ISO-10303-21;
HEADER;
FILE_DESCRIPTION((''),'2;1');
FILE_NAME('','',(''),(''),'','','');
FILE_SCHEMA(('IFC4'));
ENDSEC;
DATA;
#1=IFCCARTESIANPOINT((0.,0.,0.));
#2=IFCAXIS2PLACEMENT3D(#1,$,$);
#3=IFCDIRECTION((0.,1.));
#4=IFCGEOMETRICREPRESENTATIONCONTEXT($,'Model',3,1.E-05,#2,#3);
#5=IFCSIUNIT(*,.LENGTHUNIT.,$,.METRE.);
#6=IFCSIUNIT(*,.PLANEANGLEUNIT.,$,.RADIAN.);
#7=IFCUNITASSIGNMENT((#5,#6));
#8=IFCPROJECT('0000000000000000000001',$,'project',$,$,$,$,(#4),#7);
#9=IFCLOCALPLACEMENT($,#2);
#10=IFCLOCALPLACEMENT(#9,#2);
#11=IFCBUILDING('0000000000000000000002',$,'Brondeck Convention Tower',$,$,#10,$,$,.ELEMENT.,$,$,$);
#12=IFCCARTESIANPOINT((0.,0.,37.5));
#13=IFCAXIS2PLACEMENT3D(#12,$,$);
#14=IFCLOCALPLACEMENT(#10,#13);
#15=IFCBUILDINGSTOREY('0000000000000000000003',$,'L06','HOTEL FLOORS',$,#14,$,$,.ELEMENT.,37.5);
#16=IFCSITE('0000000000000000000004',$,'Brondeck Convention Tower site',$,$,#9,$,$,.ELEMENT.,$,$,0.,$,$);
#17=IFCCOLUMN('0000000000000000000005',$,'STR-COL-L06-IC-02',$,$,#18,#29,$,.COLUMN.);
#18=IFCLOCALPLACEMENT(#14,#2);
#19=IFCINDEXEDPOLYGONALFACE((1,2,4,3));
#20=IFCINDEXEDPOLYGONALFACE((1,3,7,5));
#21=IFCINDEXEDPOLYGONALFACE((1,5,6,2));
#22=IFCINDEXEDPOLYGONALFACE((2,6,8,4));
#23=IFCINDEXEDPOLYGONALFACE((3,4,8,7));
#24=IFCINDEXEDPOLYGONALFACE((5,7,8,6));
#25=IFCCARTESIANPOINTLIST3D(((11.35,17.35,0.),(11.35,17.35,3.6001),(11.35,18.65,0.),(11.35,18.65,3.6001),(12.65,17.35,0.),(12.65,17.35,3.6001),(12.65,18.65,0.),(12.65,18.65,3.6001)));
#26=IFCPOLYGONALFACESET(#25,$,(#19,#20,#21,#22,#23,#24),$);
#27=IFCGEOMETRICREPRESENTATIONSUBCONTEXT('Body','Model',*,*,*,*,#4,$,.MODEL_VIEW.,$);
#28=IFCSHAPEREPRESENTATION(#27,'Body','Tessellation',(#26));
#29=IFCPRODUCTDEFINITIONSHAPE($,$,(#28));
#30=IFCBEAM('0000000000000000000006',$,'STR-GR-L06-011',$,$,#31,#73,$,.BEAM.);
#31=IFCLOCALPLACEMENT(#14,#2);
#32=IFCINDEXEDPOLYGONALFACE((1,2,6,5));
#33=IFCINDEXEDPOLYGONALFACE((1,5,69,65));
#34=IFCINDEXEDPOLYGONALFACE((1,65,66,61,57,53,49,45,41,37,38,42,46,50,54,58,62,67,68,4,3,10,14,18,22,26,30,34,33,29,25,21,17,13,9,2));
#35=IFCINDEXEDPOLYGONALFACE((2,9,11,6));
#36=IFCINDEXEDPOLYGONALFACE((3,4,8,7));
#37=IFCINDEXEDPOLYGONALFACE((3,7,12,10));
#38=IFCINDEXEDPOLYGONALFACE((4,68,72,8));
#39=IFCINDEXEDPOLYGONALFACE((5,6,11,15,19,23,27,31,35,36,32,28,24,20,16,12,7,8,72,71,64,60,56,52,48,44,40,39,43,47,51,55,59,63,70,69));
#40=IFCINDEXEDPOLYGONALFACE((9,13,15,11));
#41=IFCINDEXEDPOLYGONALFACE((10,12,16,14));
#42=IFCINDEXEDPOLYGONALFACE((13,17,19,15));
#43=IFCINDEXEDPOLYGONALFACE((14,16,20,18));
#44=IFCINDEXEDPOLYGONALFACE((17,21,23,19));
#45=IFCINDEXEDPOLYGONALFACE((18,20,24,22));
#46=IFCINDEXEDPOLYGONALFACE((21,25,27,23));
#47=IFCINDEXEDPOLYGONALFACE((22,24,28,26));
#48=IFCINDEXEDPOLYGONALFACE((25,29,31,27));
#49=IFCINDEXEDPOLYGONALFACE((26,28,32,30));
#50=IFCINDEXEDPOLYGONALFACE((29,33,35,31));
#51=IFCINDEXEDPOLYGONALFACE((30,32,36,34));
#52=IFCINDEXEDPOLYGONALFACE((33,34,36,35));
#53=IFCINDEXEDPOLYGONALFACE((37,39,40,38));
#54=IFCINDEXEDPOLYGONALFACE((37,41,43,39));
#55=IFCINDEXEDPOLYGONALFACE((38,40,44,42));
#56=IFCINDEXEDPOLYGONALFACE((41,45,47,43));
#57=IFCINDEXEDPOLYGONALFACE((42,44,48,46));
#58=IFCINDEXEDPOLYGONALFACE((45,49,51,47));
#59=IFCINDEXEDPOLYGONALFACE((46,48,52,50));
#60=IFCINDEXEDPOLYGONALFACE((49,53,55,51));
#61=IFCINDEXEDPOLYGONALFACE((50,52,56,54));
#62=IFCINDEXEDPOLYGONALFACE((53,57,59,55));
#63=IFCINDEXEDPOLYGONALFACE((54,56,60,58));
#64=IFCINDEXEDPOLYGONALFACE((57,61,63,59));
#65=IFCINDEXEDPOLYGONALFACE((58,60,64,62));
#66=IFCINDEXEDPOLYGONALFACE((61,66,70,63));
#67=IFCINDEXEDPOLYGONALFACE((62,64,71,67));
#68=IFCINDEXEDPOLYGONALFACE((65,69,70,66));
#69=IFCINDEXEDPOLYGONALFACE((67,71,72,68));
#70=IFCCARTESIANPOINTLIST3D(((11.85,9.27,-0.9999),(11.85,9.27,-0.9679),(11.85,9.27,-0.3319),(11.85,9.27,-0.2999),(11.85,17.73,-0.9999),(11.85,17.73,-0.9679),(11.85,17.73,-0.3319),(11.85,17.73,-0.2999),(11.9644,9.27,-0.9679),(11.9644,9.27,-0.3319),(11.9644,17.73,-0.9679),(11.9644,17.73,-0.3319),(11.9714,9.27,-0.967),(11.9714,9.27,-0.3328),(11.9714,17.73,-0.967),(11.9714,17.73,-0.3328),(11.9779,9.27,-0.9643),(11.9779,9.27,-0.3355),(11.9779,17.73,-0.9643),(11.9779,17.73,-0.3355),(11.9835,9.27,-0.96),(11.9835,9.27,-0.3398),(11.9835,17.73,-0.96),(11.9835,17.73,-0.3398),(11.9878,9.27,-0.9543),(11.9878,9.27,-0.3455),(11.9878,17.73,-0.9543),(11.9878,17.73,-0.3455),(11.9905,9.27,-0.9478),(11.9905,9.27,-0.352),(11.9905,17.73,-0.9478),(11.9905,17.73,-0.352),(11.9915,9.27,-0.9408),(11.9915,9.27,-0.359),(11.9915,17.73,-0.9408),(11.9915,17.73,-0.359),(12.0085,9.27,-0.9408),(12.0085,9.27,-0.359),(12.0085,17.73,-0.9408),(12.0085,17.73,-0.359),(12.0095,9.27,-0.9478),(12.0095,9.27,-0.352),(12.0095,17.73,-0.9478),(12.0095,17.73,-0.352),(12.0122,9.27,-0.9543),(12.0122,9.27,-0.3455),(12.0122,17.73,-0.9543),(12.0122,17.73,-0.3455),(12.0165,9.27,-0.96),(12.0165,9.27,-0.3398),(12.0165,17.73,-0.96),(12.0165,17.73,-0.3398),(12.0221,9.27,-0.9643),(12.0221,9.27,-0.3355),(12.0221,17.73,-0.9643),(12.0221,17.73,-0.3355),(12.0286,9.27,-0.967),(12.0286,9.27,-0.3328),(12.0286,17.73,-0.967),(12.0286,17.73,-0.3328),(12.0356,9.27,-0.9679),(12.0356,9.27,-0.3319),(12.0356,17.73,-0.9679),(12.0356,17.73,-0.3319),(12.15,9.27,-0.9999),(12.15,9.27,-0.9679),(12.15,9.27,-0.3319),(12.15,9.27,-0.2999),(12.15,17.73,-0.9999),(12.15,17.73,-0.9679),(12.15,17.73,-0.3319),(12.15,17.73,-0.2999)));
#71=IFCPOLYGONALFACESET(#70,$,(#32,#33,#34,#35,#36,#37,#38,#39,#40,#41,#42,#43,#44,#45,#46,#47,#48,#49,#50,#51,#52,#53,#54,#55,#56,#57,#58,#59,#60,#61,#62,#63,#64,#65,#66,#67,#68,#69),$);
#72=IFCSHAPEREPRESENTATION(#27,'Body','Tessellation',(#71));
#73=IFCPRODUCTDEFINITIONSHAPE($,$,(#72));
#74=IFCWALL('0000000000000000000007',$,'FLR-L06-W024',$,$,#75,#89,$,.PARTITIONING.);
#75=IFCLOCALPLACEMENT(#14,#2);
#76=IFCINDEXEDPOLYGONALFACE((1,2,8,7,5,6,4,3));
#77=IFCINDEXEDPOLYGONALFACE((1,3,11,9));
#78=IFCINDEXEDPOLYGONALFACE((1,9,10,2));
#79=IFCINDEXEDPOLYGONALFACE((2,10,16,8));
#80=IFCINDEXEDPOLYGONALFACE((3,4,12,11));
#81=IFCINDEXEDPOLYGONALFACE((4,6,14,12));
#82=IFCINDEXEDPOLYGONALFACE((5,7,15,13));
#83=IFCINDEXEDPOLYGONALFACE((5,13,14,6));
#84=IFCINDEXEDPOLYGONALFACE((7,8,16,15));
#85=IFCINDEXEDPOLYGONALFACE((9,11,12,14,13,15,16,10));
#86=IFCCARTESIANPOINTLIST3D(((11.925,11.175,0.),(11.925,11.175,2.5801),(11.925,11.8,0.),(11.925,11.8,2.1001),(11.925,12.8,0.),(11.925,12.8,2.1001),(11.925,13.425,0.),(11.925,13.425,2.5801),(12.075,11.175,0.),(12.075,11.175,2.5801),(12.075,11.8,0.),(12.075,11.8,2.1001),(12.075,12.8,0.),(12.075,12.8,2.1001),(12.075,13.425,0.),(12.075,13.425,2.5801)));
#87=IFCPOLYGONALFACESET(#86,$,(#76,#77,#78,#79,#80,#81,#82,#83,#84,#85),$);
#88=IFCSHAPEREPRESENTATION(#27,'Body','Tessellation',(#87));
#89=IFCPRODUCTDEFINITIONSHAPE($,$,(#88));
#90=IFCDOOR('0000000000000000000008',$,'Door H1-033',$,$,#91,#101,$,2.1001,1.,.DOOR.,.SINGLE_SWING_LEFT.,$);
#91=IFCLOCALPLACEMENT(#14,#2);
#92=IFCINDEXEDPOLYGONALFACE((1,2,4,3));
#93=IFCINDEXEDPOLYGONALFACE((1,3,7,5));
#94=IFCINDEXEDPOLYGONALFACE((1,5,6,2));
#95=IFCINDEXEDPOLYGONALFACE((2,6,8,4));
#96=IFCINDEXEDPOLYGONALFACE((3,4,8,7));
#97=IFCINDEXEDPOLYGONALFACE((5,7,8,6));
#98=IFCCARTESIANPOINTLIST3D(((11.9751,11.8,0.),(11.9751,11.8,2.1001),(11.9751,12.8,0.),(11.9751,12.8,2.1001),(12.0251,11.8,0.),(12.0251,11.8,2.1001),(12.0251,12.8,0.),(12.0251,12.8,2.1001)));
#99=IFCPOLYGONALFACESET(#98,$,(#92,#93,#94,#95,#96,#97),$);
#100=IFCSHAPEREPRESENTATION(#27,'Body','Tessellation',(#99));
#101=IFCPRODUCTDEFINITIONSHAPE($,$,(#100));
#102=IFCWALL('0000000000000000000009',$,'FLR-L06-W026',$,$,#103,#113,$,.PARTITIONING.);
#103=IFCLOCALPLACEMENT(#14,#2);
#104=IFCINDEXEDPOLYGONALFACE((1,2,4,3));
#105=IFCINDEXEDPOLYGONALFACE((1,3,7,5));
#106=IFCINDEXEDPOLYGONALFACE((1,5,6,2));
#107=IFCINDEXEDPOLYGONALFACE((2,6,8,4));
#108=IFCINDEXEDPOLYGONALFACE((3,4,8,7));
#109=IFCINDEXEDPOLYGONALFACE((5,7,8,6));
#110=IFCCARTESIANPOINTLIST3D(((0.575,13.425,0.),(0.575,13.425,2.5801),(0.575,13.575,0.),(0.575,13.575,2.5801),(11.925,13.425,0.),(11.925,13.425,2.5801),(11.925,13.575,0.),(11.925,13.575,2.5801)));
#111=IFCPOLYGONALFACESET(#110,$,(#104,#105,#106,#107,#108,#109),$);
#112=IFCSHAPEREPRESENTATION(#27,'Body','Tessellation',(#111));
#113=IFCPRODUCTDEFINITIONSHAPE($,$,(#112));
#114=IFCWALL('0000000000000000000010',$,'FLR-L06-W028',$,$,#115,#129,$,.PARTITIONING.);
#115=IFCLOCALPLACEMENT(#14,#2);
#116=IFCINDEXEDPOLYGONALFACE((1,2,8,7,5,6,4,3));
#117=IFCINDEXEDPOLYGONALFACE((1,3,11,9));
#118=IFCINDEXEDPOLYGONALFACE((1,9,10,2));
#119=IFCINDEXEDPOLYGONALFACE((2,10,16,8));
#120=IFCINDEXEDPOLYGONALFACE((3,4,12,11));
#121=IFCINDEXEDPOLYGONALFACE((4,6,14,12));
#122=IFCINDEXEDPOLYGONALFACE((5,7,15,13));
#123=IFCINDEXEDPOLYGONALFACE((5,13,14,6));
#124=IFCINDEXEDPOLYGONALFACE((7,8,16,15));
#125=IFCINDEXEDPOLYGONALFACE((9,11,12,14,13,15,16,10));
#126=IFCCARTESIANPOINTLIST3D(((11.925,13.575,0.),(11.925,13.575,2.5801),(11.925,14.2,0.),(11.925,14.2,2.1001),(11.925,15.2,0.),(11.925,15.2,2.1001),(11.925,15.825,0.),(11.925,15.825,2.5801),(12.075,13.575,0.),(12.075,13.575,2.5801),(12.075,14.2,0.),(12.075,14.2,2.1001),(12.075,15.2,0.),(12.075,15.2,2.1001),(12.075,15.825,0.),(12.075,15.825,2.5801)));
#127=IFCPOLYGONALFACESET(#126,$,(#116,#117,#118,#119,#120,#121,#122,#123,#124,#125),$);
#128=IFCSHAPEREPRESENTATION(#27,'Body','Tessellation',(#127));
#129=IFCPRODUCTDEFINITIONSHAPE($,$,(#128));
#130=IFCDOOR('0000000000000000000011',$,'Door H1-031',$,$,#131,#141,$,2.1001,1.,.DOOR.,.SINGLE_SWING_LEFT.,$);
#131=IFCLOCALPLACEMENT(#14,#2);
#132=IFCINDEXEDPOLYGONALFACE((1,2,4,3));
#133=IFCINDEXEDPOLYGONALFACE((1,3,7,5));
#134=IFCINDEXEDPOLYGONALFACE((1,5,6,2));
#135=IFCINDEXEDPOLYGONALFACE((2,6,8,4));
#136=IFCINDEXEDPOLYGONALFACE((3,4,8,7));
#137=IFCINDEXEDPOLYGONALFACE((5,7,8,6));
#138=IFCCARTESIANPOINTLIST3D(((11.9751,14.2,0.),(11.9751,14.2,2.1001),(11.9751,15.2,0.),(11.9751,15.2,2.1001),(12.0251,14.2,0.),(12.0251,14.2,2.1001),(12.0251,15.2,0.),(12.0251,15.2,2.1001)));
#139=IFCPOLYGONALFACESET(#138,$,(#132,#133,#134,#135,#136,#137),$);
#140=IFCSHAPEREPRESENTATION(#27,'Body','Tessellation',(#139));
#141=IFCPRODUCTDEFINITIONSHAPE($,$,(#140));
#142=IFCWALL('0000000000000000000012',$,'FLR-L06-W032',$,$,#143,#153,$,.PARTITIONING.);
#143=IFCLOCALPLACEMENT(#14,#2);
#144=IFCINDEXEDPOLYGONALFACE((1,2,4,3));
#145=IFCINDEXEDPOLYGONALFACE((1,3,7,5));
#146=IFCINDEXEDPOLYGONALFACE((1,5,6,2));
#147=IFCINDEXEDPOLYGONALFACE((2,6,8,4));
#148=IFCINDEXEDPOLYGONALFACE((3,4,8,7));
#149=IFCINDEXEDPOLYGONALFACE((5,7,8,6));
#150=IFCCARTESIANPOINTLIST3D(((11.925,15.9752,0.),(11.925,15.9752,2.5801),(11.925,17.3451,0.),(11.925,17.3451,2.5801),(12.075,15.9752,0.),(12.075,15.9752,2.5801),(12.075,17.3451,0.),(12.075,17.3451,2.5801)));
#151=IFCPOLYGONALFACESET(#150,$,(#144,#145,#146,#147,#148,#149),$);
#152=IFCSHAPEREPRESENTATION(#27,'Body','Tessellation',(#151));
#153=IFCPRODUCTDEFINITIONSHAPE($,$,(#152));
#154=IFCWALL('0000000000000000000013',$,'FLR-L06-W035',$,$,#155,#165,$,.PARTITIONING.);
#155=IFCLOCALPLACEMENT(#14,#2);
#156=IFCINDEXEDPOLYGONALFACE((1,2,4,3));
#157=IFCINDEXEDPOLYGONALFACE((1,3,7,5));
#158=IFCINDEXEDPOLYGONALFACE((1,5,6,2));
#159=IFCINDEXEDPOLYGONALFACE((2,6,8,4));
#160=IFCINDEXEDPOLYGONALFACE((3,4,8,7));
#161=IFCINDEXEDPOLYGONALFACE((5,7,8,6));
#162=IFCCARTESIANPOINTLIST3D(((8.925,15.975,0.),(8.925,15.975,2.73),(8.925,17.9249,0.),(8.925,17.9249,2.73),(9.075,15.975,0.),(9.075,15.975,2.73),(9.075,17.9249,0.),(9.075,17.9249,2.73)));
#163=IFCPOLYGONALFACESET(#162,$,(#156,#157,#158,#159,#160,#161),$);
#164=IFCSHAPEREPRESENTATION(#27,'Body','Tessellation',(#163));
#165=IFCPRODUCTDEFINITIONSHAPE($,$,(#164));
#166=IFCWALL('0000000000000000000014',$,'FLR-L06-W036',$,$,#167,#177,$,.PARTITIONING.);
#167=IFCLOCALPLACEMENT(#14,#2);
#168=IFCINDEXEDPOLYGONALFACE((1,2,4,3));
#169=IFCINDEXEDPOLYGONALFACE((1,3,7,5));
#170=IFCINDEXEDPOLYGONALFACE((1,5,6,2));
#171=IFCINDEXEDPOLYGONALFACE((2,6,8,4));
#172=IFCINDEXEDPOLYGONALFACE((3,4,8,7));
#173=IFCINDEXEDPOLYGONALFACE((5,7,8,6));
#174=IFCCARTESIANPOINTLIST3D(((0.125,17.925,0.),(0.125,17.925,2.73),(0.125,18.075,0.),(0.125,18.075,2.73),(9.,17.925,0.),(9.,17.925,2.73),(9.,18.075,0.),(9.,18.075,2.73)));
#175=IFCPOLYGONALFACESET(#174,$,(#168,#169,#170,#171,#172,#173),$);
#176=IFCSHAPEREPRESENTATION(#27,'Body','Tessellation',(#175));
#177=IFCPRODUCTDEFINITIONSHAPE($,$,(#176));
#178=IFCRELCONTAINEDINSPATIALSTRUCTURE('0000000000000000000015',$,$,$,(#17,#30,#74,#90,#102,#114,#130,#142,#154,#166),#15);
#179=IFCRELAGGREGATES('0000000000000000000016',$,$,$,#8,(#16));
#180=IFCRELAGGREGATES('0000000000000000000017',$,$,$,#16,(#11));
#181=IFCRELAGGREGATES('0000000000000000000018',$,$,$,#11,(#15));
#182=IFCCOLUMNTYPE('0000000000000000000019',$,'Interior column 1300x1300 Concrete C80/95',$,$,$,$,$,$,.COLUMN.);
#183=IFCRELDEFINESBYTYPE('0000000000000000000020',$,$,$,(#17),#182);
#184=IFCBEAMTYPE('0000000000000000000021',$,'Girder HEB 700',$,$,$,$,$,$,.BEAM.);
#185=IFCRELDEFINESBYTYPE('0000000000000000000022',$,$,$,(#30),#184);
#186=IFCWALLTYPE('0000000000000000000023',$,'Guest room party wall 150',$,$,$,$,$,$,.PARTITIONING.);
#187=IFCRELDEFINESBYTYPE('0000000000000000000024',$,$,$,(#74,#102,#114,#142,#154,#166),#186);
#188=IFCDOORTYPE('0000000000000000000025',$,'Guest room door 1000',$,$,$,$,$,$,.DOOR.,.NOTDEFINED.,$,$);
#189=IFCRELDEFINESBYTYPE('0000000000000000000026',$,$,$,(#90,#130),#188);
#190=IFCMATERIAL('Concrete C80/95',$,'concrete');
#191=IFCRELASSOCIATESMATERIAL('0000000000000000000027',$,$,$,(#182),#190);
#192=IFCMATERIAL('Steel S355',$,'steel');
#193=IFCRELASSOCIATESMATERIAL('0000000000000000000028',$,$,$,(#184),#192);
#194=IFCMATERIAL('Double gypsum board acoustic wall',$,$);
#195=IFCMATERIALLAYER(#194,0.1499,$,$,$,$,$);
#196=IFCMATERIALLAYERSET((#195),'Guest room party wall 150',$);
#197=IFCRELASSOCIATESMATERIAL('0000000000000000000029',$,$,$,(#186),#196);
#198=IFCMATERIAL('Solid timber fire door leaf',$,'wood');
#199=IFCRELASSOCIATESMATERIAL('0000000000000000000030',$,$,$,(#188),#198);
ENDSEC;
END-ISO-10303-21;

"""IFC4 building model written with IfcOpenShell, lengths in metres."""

from ifc_helpers import new_model, si_unit, direction, frame, frame_2d, origin, origin_2d, place, context, subcontext, project, spatial, rectangle, i_section, extrude, material, layer, layer_set, material_profile, profile_set, type_object, element, fill, save


model = new_model("IFC4")

# Units and contexts
model_context = context("Model", 3, precision=1e-05, world=origin(), true_north=direction((0.0, 1.0)))
body_context = subcontext(model_context, "Body", "Model", "MODEL_VIEW")
ifc_project = project(units=[si_unit("LENGTHUNIT", "METRE"), si_unit("PLANEANGLEUNIT", "RADIAN")], contexts=[model_context])

# Site, building, storey
site_placement = place(None, origin())
site = spatial("IfcSite", under=ifc_project, at=site_placement, Name="Brondeck Convention Tower site", CompositionType="ELEMENT", RefElevation=0.0)
building_placement = place(site_placement, origin())
building = spatial("IfcBuilding", under=site, at=building_placement, Name="Brondeck Convention Tower", CompositionType="ELEMENT")
storey_placement = place(building_placement, frame((0.0, 0.0, 37.5)))
storey = spatial("IfcBuildingStorey", under=building, at=storey_placement, Name="L06", Description="HOTEL FLOORS", CompositionType="ELEMENT", Elevation=37.5)

# Column
ifc_material_1 = material(Name="Concrete C80/95", Category="concrete")
ifc_material_profile_1 = material_profile(ifc_material_1, rectangle(XDim=1.3, YDim=1.3, at=origin_2d()), Name="Interior column 1300x1300 Concrete C80/95")
ifc_profile_set_1 = profile_set([ifc_material_profile_1], Name="Concrete C80/95")
column_type = type_object("IfcColumnType", Name="Interior column 1300x1300 Concrete C80/95", PredefinedType="COLUMN", material=ifc_profile_set_1)
column_placement = place(storey_placement, frame((12.0, 18.0, 0.0), z_axis=(0.0, 0.0, 1.0), x_axis=(1.0, 0.0, 0.0)))
element("IfcColumn", 1, at=column_placement, inside=storey, type_object=column_type, Name="STR-COL-L06-IC-02", PredefinedType="COLUMN", context=body_context, shape_type="SweptSolid", body=[
    extrude(rectangle(XDim=1.3, YDim=1.3, at=origin_2d()), origin(), (0.0, 0.0, 1.0), 3.6001),
])

# Beam
ifc_material_2 = material(Name="Steel S355", Category="steel")
ifc_material_profile_2 = material_profile(ifc_material_2, i_section(OverallWidth=0.3, OverallDepth=0.7, WebThickness=0.0171, FlangeThickness=0.032, FilletRadius=0.0271, at=origin_2d()), Name="HEB 700")
ifc_profile_set_2 = profile_set([ifc_material_profile_2], Name="Steel S355")
beam_type = type_object("IfcBeamType", Name="Girder HEB 700", PredefinedType="BEAM", material=ifc_profile_set_2)
beam_placement = place(storey_placement, frame((12.0, 17.73, -0.6499), z_axis=(0.0, -1.0, 0.0), x_axis=(1.0, 0.0, 0.0)))
element("IfcBeam", 2, at=beam_placement, inside=storey, type_object=beam_type, Name="STR-GR-L06-011", PredefinedType="BEAM", context=body_context, shape_type="SweptSolid", body=[
    extrude(i_section(OverallWidth=0.3, OverallDepth=0.7, WebThickness=0.0171, FlangeThickness=0.032, FilletRadius=0.0271, at=origin_2d()), origin(), (0.0, 0.0, 1.0), 8.46),
])

# Wall, opening, door
ifc_material_3 = material(Name="Double gypsum board acoustic wall")
ifc_layer_1 = layer(ifc_material_3, 0.1499)
ifc_layer_set_1 = layer_set([ifc_layer_1], Name="Guest room party wall 150")
wall_type_1 = type_object("IfcWallType", Name="Guest room party wall 150", PredefinedType="PARTITIONING", material=ifc_layer_set_1)
wall_1_placement = place(storey_placement, frame((12.0, 11.175, 0.0), z_axis=(0.0, 0.0, 1.0), x_axis=(0.0, 1.0, 0.0)))
wall_1 = element("IfcWall", 3, at=wall_1_placement, inside=storey, type_object=wall_type_1, Name="FLR-L06-W024", PredefinedType="PARTITIONING", context=body_context, shape_type="SweptSolid", body=[
    extrude(rectangle(XDim=2.25, YDim=0.1499, at=frame_2d((1.125, 0.0))), origin(), (0.0, 0.0, 1.0), 2.5801),
])
opening_1_placement = place(wall_1_placement, frame((0.625, 0.0, 0.0)))
opening_1 = element("IfcOpeningElement", 4, at=opening_1_placement, cuts=wall_1, PredefinedType="OPENING", context=body_context, shape_type="SweptSolid", body=[
    extrude(rectangle(XDim=1.0, YDim=2.1001, at=frame_2d((0.5, 1.05))), frame((0.0, 0.085, 0.0), z_axis=(0.0, -1.0, 0.0), x_axis=(1.0, 0.0, 0.0)), (0.0, 0.0, 1.0), 0.1699),
])
ifc_material_4 = material(Name="Solid timber fire door leaf", Category="wood")
door_type_1 = type_object("IfcDoorType", Name="Guest room door 1000", OperationType="NOTDEFINED", PredefinedType="DOOR", material=ifc_material_4)
door_1_placement = place(opening_1_placement, origin())
door_1 = element("IfcDoor", 5, at=door_1_placement, inside=storey, type_object=door_type_1, Name="Door H1-033", OperationType="SINGLE_SWING_LEFT", OverallHeight=2.1001, OverallWidth=1.0, PredefinedType="DOOR", context=body_context, shape_type="SweptSolid", body=[
    extrude(rectangle(XDim=1.0, YDim=2.1001, at=frame_2d((0.5, 1.05))), frame((0.0, 0.0249, 0.0), z_axis=(0.0, -1.0, 0.0), x_axis=(1.0, 0.0, 0.0)), (0.0, 0.0, 1.0), 0.05),
])
fill(opening_1, door_1)

# Wall
wall_2_placement = place(storey_placement, frame((11.925, 13.5, 0.0), z_axis=(0.0, 0.0, 1.0), x_axis=(-1.0, 0.0, 0.0)))
element("IfcWall", 6, at=wall_2_placement, inside=storey, type_object=wall_type_1, Name="FLR-L06-W026", PredefinedType="PARTITIONING", context=body_context, shape_type="SweptSolid", body=[
    extrude(rectangle(XDim=11.3501, YDim=0.1499, at=frame_2d((5.675, 0.0))), origin(), (0.0, 0.0, 1.0), 2.5801),
])

# Wall, opening, door
wall_3_placement = place(storey_placement, frame((12.0, 13.575, 0.0), z_axis=(0.0, 0.0, 1.0), x_axis=(0.0, 1.0, 0.0)))
wall_3 = element("IfcWall", 7, at=wall_3_placement, inside=storey, type_object=wall_type_1, Name="FLR-L06-W028", PredefinedType="PARTITIONING", context=body_context, shape_type="SweptSolid", body=[
    extrude(rectangle(XDim=2.25, YDim=0.1499, at=frame_2d((1.125, 0.0))), origin(), (0.0, 0.0, 1.0), 2.5801),
])
opening_2_placement = place(wall_3_placement, frame((0.625, 0.0, 0.0)))
opening_2 = element("IfcOpeningElement", 8, at=opening_2_placement, cuts=wall_3, PredefinedType="OPENING", context=body_context, shape_type="SweptSolid", body=[
    extrude(rectangle(XDim=1.0, YDim=2.1001, at=frame_2d((0.5, 1.05))), frame((0.0, 0.085, 0.0), z_axis=(0.0, -1.0, 0.0), x_axis=(1.0, 0.0, 0.0)), (0.0, 0.0, 1.0), 0.1699),
])
door_2_placement = place(opening_2_placement, origin())
door_2 = element("IfcDoor", 9, at=door_2_placement, inside=storey, type_object=door_type_1, Name="Door H1-031", OperationType="SINGLE_SWING_LEFT", OverallHeight=2.1001, OverallWidth=1.0, PredefinedType="DOOR", context=body_context, shape_type="SweptSolid", body=[
    extrude(rectangle(XDim=1.0, YDim=2.1001, at=frame_2d((0.5, 1.05))), frame((0.0, 0.0249, 0.0), z_axis=(0.0, -1.0, 0.0), x_axis=(1.0, 0.0, 0.0)), (0.0, 0.0, 1.0), 0.05),
])
fill(opening_2, door_2)

# Walls
wall_4_placement = place(storey_placement, frame((12.0, 15.9751, 0.0), z_axis=(0.0, 0.0, 1.0), x_axis=(0.0, 1.0, 0.0)))
element("IfcWall", 10, at=wall_4_placement, inside=storey, type_object=wall_type_1, Name="FLR-L06-W032", PredefinedType="PARTITIONING", context=body_context, shape_type="SweptSolid", body=[
    extrude(rectangle(XDim=1.3699, YDim=0.1499, at=frame_2d((0.6851, 0.0))), origin(), (0.0, 0.0, 1.0), 2.5801),
])
wall_5_placement = place(storey_placement, frame((9.0, 17.925, 0.0), z_axis=(0.0, 0.0, 1.0), x_axis=(0.0, -1.0, 0.0)))
element("IfcWall", 11, at=wall_5_placement, inside=storey, type_object=wall_type_1, Name="FLR-L06-W035", PredefinedType="PARTITIONING", context=body_context, shape_type="SweptSolid", body=[
    extrude(rectangle(XDim=1.95, YDim=0.1499, at=frame_2d((0.9751, 0.0))), origin(), (0.0, 0.0, 1.0), 2.73),
])
wall_6_placement = place(storey_placement, frame((9.0, 18.0, 0.0), z_axis=(0.0, 0.0, 1.0), x_axis=(-1.0, 0.0, 0.0)))
element("IfcWall", 12, at=wall_6_placement, inside=storey, type_object=wall_type_1, Name="FLR-L06-W036", PredefinedType="PARTITIONING", context=body_context, shape_type="SweptSolid", body=[
    extrude(rectangle(XDim=8.875, YDim=0.1499, at=frame_2d((4.4375, 0.0))), origin(), (0.0, 0.0, 1.0), 2.73),
])

save(model, "model.ifc")
